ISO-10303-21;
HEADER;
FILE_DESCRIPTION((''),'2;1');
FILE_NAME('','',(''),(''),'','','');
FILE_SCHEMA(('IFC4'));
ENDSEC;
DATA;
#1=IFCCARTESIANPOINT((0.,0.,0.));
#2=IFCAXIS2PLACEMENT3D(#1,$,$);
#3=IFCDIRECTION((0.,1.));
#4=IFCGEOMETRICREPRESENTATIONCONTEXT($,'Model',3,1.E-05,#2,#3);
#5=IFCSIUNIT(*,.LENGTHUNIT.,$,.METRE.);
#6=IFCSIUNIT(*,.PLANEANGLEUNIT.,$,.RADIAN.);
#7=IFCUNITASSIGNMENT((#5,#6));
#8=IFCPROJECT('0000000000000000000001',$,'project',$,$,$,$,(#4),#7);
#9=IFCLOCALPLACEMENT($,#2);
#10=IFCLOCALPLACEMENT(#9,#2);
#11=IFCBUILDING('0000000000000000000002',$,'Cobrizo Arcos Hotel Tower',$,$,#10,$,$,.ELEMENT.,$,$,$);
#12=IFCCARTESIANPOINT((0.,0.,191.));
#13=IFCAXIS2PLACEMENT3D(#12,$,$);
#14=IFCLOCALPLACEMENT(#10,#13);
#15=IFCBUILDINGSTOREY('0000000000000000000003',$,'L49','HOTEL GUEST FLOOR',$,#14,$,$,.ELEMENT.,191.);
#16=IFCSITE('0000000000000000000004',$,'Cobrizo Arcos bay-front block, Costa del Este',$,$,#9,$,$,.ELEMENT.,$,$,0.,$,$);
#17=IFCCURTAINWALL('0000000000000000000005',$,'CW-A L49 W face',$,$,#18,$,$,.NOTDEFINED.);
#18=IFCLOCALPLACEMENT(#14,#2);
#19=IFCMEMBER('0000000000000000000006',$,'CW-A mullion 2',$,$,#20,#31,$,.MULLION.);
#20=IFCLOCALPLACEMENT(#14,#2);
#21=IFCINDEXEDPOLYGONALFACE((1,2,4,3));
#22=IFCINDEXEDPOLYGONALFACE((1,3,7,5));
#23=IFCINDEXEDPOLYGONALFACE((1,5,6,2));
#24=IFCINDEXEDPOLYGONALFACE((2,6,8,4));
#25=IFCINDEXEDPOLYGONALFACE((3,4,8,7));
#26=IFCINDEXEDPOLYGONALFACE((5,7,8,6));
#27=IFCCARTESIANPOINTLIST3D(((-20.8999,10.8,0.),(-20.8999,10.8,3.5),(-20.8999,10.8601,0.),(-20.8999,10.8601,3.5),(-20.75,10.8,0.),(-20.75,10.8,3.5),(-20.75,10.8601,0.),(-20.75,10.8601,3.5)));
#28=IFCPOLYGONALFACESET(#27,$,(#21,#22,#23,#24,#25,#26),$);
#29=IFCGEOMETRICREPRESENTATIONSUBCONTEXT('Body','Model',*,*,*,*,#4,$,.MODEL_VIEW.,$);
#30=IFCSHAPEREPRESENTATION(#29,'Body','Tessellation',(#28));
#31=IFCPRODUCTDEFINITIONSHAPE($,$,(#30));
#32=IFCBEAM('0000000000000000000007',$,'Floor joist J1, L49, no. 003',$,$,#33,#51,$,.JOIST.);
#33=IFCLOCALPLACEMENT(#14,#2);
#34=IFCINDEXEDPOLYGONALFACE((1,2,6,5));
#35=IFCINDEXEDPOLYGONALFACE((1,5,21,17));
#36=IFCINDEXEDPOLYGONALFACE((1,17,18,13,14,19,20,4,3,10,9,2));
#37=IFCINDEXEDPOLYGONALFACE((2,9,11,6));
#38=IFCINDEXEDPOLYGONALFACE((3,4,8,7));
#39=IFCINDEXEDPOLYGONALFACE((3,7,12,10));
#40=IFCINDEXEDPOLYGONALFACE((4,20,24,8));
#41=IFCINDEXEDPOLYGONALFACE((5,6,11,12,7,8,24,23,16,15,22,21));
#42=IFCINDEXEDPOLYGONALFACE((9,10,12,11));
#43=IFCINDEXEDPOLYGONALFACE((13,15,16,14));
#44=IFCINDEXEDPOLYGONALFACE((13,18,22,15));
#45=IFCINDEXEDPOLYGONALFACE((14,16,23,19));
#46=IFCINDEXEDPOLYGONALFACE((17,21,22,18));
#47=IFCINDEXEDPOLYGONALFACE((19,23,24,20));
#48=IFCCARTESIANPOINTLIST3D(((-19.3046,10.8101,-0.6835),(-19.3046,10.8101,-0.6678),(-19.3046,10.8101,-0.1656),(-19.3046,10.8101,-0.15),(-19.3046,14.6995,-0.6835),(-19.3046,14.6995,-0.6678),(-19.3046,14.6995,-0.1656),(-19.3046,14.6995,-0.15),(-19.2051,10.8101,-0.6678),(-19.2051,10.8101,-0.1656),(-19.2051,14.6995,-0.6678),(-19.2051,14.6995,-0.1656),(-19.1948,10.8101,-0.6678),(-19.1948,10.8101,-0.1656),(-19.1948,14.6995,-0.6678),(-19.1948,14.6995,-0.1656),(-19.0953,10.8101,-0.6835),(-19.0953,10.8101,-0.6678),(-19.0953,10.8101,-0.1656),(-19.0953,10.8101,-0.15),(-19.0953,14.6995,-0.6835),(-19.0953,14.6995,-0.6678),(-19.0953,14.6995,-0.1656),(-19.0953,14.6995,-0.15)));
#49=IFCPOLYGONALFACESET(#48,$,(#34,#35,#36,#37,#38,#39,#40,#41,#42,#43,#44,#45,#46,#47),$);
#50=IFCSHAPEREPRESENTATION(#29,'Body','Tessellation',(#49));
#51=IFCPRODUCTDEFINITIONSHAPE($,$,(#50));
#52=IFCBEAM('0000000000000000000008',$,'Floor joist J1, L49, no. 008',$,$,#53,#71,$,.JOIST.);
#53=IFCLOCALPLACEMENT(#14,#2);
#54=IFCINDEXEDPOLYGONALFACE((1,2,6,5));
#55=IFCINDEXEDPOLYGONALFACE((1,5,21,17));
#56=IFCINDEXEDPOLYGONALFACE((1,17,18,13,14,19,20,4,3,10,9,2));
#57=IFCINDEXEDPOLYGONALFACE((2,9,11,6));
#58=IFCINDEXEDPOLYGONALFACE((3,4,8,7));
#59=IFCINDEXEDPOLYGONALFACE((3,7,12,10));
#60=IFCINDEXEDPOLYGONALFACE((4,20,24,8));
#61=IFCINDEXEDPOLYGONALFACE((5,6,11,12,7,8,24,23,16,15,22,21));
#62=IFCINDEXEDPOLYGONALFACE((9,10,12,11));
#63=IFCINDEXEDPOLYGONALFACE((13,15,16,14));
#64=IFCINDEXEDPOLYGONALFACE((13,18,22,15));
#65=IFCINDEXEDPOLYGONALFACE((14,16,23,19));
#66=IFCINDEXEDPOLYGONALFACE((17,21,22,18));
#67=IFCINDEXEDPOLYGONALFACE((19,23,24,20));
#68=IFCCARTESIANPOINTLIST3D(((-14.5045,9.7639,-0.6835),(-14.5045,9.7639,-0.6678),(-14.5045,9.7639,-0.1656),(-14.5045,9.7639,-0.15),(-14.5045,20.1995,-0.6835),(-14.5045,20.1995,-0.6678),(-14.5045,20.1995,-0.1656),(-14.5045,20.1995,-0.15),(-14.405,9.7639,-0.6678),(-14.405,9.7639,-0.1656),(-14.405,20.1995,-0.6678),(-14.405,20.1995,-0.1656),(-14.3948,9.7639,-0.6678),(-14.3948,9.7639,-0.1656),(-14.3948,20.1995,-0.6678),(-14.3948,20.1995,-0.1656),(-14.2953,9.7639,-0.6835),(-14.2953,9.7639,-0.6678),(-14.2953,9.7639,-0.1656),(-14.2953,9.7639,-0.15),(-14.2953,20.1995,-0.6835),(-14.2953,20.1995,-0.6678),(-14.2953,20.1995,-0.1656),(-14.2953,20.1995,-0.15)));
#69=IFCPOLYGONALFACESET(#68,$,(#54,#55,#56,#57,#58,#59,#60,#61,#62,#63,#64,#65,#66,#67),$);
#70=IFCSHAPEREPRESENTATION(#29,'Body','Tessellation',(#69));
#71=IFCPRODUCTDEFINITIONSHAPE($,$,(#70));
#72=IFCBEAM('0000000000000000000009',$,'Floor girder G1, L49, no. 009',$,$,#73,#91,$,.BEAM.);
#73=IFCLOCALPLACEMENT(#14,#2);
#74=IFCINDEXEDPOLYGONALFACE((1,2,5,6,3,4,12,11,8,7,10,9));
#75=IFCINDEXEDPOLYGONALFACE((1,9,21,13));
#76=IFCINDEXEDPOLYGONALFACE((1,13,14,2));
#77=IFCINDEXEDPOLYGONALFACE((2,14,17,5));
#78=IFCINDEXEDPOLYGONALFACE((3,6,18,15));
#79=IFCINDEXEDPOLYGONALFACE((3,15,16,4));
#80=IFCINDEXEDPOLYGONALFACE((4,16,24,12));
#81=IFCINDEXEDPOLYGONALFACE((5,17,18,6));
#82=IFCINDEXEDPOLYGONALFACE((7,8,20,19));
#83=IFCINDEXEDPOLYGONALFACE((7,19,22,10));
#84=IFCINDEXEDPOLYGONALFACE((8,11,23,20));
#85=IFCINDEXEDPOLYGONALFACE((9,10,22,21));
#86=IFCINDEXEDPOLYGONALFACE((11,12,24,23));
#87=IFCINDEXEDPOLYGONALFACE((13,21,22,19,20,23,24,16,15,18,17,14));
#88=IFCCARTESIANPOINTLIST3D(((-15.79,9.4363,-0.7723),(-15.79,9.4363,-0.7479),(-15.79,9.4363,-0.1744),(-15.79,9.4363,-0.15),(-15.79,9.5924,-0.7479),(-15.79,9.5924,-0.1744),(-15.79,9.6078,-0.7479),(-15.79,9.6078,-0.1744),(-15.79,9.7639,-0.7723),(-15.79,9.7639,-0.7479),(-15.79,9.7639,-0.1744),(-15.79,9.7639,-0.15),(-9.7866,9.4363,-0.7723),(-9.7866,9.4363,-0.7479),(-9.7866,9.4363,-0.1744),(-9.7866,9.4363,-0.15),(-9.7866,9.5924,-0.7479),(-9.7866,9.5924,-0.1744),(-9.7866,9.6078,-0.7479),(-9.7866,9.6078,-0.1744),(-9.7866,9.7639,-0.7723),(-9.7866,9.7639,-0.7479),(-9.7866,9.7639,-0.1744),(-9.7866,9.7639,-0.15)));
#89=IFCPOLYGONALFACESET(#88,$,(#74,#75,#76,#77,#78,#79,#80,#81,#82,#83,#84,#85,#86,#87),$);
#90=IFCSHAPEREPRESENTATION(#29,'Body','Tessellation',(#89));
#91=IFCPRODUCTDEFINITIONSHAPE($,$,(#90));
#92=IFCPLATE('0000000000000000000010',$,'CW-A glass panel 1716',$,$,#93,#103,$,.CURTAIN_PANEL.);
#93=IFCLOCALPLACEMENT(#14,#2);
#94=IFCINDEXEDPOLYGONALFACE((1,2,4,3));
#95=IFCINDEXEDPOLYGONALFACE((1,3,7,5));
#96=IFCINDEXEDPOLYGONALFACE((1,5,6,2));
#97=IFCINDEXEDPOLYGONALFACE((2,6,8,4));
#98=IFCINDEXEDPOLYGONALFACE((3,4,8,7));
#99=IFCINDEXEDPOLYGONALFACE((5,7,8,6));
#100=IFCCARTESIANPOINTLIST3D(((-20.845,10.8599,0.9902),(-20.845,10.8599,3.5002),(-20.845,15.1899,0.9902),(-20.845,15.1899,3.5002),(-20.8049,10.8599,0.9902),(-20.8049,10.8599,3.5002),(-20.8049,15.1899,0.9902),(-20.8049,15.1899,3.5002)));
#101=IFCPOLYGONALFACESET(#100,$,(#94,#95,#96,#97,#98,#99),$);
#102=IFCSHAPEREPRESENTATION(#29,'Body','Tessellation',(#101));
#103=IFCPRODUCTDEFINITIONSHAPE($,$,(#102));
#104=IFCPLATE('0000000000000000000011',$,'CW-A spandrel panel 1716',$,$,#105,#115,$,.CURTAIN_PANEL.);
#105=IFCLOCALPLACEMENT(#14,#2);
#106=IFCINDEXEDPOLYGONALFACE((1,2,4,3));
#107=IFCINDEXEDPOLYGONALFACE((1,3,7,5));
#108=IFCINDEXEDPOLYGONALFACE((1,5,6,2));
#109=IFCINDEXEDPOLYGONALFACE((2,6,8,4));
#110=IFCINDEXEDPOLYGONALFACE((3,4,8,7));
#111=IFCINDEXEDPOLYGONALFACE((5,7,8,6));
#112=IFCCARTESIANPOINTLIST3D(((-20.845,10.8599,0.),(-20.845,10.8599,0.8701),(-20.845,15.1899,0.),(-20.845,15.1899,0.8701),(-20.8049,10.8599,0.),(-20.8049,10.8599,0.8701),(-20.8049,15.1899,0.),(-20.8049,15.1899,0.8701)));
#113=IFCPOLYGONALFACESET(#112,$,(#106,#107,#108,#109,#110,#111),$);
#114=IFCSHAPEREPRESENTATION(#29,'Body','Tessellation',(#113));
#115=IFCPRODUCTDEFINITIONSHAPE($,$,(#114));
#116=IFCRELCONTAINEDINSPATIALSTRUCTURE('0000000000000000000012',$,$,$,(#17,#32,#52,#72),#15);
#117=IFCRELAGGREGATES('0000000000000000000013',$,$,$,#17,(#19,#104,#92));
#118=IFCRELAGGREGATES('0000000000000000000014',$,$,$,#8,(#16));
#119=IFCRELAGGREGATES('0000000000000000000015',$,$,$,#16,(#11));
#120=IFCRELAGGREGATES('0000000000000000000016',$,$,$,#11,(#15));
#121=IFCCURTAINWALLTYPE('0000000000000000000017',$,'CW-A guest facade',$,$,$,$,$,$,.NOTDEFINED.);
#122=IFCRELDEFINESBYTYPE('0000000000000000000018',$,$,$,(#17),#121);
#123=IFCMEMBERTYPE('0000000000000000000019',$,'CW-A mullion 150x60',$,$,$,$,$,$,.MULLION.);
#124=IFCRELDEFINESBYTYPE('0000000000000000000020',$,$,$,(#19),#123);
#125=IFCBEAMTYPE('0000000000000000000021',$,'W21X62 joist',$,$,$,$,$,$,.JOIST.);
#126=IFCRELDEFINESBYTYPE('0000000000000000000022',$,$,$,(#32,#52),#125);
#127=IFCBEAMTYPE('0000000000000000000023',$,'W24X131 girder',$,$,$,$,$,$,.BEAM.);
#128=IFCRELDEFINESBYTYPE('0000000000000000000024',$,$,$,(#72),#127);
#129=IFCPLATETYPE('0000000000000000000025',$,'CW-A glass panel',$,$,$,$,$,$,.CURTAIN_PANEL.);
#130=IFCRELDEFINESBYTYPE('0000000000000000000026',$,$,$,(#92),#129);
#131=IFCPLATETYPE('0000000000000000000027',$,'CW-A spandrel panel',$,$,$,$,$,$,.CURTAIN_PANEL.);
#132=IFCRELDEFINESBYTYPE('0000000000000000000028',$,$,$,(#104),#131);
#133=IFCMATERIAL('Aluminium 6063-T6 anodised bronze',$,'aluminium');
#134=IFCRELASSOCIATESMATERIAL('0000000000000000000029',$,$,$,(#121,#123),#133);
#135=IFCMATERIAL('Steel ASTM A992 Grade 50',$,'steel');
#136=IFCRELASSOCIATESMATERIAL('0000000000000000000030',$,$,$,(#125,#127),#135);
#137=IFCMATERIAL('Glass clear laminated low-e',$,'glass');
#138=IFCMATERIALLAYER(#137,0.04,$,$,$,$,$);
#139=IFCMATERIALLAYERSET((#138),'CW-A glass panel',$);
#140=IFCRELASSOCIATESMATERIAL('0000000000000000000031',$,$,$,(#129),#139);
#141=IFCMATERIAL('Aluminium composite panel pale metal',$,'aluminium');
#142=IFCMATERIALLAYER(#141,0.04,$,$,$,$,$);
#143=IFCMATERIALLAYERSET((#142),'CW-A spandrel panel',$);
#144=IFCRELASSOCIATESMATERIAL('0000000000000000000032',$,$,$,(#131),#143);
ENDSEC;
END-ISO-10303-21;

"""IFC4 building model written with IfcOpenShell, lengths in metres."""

from ifc_helpers import new_model, si_unit, direction, frame, origin, origin_2d, place, context, subcontext, project, spatial, rectangle, i_section, extrude, material, layer, layer_set, material_profile, profile_set, type_object, element, aggregate, save


model = new_model("IFC4")

# Units and contexts
model_context = context("Model", 3, precision=1e-05, world=origin(), true_north=direction((0.0, 1.0)))
body_context = subcontext(model_context, "Body", "Model", "MODEL_VIEW")
ifc_project = project(units=[si_unit("LENGTHUNIT", "METRE"), si_unit("PLANEANGLEUNIT", "RADIAN")], contexts=[model_context])

# Site, building, storey
site_placement = place(None, origin())
site = spatial("IfcSite", under=ifc_project, at=site_placement, Name="Cobrizo Arcos bay-front block, Costa del Este", CompositionType="ELEMENT", RefElevation=0.0)
building_placement = place(site_placement, origin())
building = spatial("IfcBuilding", under=site, at=building_placement, Name="Cobrizo Arcos Hotel Tower", CompositionType="ELEMENT")
storey_placement = place(building_placement, frame((0.0, 0.0, 191.0)))
storey = spatial("IfcBuildingStorey", under=building, at=storey_placement, Name="L49", Description="HOTEL GUEST FLOOR", CompositionType="ELEMENT", Elevation=191.0)

# Curtain wall, member
ifc_material_1 = material(Name="Aluminium 6063-T6 anodised bronze", Category="aluminium")
curtain_wall_type = type_object("IfcCurtainWallType", Name="CW-A guest facade", PredefinedType="NOTDEFINED", material=ifc_material_1)
curtain_wall_placement = place(storey_placement, origin())
curtain_wall = element("IfcCurtainWall", 1, at=curtain_wall_placement, inside=storey, type_object=curtain_wall_type, Name="CW-A L49 W face", PredefinedType="NOTDEFINED")
ifc_material_profile_1 = material_profile(ifc_material_1, rectangle(XDim=0.1499, YDim=0.0601, at=origin_2d()), Name="CW-A mullion 150x60")
ifc_profile_set_1 = profile_set([ifc_material_profile_1], Name="Aluminium 6063-T6 anodised bronze")
member_type = type_object("IfcMemberType", Name="CW-A mullion 150x60", PredefinedType="MULLION", material=ifc_profile_set_1)
member_placement = place(storey_placement, frame((-20.825, 10.8301, 0.0), z_axis=(0.0, 0.0, 1.0), x_axis=(-1.0, 0.0, 0.0)))
member = element("IfcMember", 2, at=member_placement, type_object=member_type, Name="CW-A mullion 2", PredefinedType="MULLION", context=body_context, shape_type="SweptSolid", body=[
    extrude(rectangle(XDim=0.1499, YDim=0.0601, at=origin_2d()), origin(), (0.0, 0.0, 1.0), 3.5),
])

# Beams
ifc_material_2 = material(Name="Steel ASTM A992 Grade 50", Category="steel")
ifc_material_profile_2 = material_profile(ifc_material_2, i_section(OverallWidth=0.2092, OverallDepth=0.5334, WebThickness=0.0103, FlangeThickness=0.0156, at=origin_2d()), Name="W21X62")
ifc_profile_set_2 = profile_set([ifc_material_profile_2], Name="Steel ASTM A992 Grade 50")
beam_type_1 = type_object("IfcBeamType", Name="W21X62 joist", PredefinedType="JOIST", material=ifc_profile_set_2)
beam_1_placement = place(storey_placement, frame((-19.2, 10.8101, -0.4167), z_axis=(0.0, 1.0, 0.0), x_axis=(-1.0, 0.0, 0.0)))
element("IfcBeam", 3, at=beam_1_placement, inside=storey, type_object=beam_type_1, Name="Floor joist J1, L49, no. 003", PredefinedType="JOIST", context=body_context, shape_type="SweptSolid", body=[
    extrude(i_section(OverallWidth=0.2092, OverallDepth=0.5334, WebThickness=0.0103, FlangeThickness=0.0156, at=origin_2d()), origin(), (0.0, 0.0, 1.0), 3.8894),
])
beam_2_placement = place(storey_placement, frame((-14.3999, 9.7639, -0.4167), z_axis=(0.0, 1.0, 0.0), x_axis=(-1.0, 0.0, 0.0)))
element("IfcBeam", 4, at=beam_2_placement, inside=storey, type_object=beam_type_1, Name="Floor joist J1, L49, no. 008", PredefinedType="JOIST", context=body_context, shape_type="SweptSolid", body=[
    extrude(i_section(OverallWidth=0.2092, OverallDepth=0.5334, WebThickness=0.0103, FlangeThickness=0.0156, at=origin_2d()), origin(), (0.0, 0.0, 1.0), 10.4355),
])
ifc_material_profile_3 = material_profile(ifc_material_2, i_section(OverallWidth=0.3276, OverallDepth=0.6223, WebThickness=0.0154, FlangeThickness=0.0244, at=origin_2d()), Name="W24X131")
ifc_profile_set_3 = profile_set([ifc_material_profile_3], Name="Steel ASTM A992 Grade 50")
beam_type_2 = type_object("IfcBeamType", Name="W24X131 girder", PredefinedType="BEAM", material=ifc_profile_set_3)
beam_3_placement = place(storey_placement, frame((-15.79, 9.6001, -0.4612), z_axis=(1.0, 0.0, 0.0), x_axis=(0.0, 1.0, 0.0)))
element("IfcBeam", 5, at=beam_3_placement, inside=storey, type_object=beam_type_2, Name="Floor girder G1, L49, no. 009", PredefinedType="BEAM", context=body_context, shape_type="SweptSolid", body=[
    extrude(i_section(OverallWidth=0.3276, OverallDepth=0.6223, WebThickness=0.0154, FlangeThickness=0.0244, at=origin_2d()), origin(), (0.0, 0.0, 1.0), 6.0034),
])

# Plates
ifc_material_3 = material(Name="Glass clear laminated low-e", Category="glass")
ifc_layer_1 = layer(ifc_material_3, 0.04)
ifc_layer_set_1 = layer_set([ifc_layer_1], Name="CW-A glass panel")
plate_type_1 = type_object("IfcPlateType", Name="CW-A glass panel", PredefinedType="CURTAIN_PANEL", material=ifc_layer_set_1)
plate_1_placement = place(storey_placement, frame((-20.825, 13.0249, 0.9902), z_axis=(0.0, 0.0, 1.0), x_axis=(0.0, -1.0, 0.0)))
plate_1 = element("IfcPlate", 6, at=plate_1_placement, type_object=plate_type_1, Name="CW-A glass panel 1716", PredefinedType="CURTAIN_PANEL", context=body_context, shape_type="SweptSolid", body=[
    extrude(rectangle(XDim=4.3301, YDim=0.04, at=origin_2d()), origin(), (0.0, 0.0, 1.0), 2.51),
])
ifc_material_4 = material(Name="Aluminium composite panel pale metal", Category="aluminium")
ifc_layer_2 = layer(ifc_material_4, 0.04)
ifc_layer_set_2 = layer_set([ifc_layer_2], Name="CW-A spandrel panel")
plate_type_2 = type_object("IfcPlateType", Name="CW-A spandrel panel", PredefinedType="CURTAIN_PANEL", material=ifc_layer_set_2)
plate_2_placement = place(storey_placement, frame((-20.825, 13.0249, 0.0), z_axis=(0.0, 0.0, 1.0), x_axis=(0.0, -1.0, 0.0)))
plate_2 = element("IfcPlate", 7, at=plate_2_placement, type_object=plate_type_2, Name="CW-A spandrel panel 1716", PredefinedType="CURTAIN_PANEL", context=body_context, shape_type="SweptSolid", body=[
    extrude(rectangle(XDim=4.3301, YDim=0.04, at=origin_2d()), origin(), (0.0, 0.0, 1.0), 0.8701),
])
aggregate(curtain_wall, [member, plate_2, plate_1])

save(model, "model.ifc")
